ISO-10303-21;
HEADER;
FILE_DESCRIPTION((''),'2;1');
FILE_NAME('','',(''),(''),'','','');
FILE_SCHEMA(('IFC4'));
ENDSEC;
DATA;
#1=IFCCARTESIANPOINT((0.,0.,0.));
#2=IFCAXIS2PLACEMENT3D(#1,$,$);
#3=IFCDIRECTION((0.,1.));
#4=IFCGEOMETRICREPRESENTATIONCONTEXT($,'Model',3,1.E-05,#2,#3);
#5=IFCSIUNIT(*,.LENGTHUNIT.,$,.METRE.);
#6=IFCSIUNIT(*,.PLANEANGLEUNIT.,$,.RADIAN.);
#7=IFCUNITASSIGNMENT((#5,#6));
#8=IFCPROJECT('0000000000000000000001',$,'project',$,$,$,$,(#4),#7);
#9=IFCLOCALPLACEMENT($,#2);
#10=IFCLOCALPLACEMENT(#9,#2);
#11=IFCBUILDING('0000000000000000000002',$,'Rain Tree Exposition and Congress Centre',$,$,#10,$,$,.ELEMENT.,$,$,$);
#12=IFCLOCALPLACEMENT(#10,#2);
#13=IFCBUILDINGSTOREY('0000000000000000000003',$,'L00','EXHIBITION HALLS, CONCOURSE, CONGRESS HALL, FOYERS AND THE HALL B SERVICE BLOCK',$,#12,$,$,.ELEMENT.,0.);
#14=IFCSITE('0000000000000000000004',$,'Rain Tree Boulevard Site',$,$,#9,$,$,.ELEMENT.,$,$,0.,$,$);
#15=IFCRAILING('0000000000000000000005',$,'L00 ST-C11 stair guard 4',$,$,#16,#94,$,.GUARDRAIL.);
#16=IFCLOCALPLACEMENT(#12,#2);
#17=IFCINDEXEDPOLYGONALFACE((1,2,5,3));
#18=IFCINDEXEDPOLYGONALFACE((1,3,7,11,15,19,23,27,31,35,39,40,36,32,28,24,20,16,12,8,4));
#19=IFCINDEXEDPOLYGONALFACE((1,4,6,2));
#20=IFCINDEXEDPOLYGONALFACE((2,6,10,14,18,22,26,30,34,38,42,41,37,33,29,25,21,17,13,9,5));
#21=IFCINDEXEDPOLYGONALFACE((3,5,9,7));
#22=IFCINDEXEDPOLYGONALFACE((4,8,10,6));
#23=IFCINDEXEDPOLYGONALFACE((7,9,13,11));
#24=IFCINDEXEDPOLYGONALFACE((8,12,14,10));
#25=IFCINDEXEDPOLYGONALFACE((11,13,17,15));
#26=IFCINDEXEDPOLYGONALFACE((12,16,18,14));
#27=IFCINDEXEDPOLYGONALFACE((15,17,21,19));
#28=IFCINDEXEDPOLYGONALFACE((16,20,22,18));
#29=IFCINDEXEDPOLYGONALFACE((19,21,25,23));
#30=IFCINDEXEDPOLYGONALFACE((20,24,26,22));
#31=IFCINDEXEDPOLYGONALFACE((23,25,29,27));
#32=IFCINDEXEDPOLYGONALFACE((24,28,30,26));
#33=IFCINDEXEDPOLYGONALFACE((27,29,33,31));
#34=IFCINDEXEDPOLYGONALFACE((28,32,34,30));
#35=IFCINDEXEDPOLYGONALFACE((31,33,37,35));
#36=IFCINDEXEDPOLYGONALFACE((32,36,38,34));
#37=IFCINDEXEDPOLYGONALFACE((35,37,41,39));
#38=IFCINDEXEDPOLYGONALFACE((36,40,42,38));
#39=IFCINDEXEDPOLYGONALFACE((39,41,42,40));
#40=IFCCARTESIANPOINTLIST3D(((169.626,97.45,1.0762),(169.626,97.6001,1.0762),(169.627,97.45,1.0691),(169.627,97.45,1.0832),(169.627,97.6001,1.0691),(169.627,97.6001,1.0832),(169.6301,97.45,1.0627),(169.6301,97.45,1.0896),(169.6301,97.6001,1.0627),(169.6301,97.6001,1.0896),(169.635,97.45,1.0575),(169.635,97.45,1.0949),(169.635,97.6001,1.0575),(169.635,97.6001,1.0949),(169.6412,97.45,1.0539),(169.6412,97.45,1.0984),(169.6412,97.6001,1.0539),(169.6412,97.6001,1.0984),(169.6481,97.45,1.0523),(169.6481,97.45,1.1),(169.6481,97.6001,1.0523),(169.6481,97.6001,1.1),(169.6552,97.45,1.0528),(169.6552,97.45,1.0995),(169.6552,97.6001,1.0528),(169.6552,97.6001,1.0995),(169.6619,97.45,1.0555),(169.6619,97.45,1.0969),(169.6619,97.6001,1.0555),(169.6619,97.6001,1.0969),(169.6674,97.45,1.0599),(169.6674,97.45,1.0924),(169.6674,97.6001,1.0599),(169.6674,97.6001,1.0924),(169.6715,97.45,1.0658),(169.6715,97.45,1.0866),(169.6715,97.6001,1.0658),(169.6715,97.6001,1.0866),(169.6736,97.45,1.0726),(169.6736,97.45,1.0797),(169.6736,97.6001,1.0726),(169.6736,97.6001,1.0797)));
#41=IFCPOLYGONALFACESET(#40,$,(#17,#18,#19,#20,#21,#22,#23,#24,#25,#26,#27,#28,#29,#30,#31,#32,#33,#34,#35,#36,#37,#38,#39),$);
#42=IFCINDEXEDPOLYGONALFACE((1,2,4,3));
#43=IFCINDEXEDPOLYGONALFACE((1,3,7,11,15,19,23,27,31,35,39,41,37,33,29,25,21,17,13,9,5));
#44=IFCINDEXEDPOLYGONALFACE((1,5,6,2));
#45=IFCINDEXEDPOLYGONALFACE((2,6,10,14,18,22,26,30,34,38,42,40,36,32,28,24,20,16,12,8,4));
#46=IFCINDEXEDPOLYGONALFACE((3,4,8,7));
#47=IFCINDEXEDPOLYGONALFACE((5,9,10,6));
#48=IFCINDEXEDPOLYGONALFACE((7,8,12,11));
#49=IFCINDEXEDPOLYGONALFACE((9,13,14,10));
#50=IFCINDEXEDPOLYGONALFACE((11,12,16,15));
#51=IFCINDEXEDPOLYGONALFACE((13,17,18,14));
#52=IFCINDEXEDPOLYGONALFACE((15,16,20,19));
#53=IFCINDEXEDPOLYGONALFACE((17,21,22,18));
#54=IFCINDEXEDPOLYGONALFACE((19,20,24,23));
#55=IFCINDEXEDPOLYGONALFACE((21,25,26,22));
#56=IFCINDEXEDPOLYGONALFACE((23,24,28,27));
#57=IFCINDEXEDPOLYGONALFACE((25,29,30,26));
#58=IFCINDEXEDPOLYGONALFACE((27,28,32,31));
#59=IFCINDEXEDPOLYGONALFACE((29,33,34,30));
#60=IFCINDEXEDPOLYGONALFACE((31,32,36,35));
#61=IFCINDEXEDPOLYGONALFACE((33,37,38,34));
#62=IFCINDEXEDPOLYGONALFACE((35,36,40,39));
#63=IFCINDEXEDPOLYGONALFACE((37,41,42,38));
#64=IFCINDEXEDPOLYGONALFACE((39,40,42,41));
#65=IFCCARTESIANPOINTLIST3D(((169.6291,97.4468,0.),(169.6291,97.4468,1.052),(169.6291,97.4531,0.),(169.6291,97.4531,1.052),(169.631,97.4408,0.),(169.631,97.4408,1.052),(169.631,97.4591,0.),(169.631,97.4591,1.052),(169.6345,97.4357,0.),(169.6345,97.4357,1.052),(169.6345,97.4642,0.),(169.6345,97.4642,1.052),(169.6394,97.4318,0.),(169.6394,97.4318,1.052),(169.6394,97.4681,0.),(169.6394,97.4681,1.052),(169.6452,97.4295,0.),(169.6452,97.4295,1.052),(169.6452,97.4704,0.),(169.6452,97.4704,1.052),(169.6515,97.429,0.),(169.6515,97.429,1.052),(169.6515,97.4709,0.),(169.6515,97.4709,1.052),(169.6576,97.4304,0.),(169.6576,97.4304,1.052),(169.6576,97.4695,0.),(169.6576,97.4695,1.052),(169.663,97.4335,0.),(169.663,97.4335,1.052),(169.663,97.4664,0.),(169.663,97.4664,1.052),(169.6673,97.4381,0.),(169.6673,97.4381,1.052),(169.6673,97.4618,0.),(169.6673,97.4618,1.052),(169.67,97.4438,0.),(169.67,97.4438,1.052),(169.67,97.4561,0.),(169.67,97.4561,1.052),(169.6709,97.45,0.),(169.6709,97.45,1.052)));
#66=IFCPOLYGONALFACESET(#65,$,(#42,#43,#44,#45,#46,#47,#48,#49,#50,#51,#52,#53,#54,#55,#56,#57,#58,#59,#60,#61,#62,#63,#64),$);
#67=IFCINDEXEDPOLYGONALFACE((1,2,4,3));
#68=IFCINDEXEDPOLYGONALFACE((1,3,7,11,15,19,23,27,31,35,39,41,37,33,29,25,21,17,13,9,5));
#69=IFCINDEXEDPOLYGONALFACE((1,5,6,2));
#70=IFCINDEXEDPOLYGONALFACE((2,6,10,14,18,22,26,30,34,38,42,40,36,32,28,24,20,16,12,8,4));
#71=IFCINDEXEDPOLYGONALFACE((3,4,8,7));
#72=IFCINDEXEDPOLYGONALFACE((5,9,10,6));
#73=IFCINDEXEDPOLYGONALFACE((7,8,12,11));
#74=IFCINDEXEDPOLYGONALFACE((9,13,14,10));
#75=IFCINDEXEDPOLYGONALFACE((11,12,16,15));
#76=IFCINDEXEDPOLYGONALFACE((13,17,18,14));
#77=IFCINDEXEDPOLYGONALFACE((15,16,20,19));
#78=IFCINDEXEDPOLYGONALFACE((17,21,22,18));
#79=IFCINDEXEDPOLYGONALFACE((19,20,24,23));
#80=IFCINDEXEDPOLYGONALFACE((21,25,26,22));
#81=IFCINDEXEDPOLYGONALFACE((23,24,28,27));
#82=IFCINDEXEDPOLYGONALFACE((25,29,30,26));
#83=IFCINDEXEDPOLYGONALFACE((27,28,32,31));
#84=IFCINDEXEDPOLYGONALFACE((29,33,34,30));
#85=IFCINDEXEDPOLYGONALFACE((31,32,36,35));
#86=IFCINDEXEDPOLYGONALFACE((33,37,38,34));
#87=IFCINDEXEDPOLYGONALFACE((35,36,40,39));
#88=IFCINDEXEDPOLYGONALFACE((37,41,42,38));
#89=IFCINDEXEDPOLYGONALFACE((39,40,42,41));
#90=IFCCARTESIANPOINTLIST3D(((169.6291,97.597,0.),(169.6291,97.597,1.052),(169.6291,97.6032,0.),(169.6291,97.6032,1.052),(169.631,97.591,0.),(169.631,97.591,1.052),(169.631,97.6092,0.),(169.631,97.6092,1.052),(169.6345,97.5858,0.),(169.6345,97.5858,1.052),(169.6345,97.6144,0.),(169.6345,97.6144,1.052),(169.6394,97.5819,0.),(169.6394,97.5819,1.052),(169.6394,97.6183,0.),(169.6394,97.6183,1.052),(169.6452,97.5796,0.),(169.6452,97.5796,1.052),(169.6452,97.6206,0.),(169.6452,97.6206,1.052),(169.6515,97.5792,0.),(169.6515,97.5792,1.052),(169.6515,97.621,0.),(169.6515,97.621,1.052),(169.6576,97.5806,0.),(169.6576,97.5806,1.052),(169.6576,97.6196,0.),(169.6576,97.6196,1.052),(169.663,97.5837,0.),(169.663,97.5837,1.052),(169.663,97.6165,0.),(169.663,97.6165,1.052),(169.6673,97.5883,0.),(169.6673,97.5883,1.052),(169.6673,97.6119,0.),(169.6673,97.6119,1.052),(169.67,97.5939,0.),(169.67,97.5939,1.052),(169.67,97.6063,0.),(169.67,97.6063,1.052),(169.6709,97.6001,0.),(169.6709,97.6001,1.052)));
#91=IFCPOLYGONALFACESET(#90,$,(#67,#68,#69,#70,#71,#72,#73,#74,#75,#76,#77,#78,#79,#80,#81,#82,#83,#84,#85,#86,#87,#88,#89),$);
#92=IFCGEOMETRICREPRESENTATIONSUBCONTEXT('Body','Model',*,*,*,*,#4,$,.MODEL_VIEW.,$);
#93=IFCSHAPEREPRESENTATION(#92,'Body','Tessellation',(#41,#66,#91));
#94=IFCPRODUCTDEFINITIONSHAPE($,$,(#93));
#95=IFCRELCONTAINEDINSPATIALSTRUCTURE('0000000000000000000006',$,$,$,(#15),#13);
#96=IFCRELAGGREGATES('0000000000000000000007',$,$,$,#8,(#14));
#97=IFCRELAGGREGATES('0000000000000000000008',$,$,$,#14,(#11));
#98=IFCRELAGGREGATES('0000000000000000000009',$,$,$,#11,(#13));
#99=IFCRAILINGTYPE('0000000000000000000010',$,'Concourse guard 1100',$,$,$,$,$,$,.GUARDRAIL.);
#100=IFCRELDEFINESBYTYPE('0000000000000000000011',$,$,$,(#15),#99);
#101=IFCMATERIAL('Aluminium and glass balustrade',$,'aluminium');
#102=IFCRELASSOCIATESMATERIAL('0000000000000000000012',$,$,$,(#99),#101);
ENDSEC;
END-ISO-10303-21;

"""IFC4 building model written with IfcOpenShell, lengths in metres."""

from ifc_helpers import new_model, si_unit, direction, frame, origin, origin_2d, place, context, subcontext, project, spatial, circle, extrude, material, type_object, element, save


model = new_model("IFC4")

# Units and contexts
model_context = context("Model", 3, precision=1e-05, world=origin(), true_north=direction((0.0, 1.0)))
body_context = subcontext(model_context, "Body", "Model", "MODEL_VIEW")
ifc_project = project(units=[si_unit("LENGTHUNIT", "METRE"), si_unit("PLANEANGLEUNIT", "RADIAN")], contexts=[model_context])

# Site, building, storey
site_placement = place(None, origin())
site = spatial("IfcSite", under=ifc_project, at=site_placement, Name="Rain Tree Boulevard Site", CompositionType="ELEMENT", RefElevation=0.0)
building_placement = place(site_placement, origin())
building = spatial("IfcBuilding", under=site, at=building_placement, Name="Rain Tree Exposition and Congress Centre", CompositionType="ELEMENT")
storey_placement = place(building_placement, origin())
storey = spatial("IfcBuildingStorey", under=building, at=storey_placement, Name="L00", Description="EXHIBITION HALLS, CONCOURSE, CONGRESS HALL, FOYERS AND THE HALL B SERVICE BLOCK", CompositionType="ELEMENT", Elevation=0.0)

# Railing
ifc_material_1 = material(Name="Aluminium and glass balustrade", Category="aluminium")
railing_type_1 = type_object("IfcRailingType", Name="Concourse guard 1100", PredefinedType="GUARDRAIL", material=ifc_material_1)
railing_1_placement = place(storey_placement, frame((169.6499, 97.45, 0.0)))
element("IfcRailing", 1, at=railing_1_placement, inside=storey, type_object=railing_type_1, Name="L00 ST-C11 stair guard 4", PredefinedType="GUARDRAIL", context=body_context, shape_type="SweptSolid", body=[
    extrude(circle(Radius=0.0239, at=origin_2d()), frame((0.0, 0.0, 1.0762), z_axis=(0.0, 1.0, 0.0), x_axis=(-1.0, 0.0, 0.0)), (0.0, 0.0, 1.0), 0.1501),
    extrude(circle(Radius=0.021, at=origin_2d()), origin(), (0.0, 0.0, 1.0), 1.052),
    extrude(circle(Radius=0.021, at=origin_2d()), frame((0.0, 0.1501, 0.0)), (0.0, 0.0, 1.0), 1.052),
])

save(model, "model.ifc")
